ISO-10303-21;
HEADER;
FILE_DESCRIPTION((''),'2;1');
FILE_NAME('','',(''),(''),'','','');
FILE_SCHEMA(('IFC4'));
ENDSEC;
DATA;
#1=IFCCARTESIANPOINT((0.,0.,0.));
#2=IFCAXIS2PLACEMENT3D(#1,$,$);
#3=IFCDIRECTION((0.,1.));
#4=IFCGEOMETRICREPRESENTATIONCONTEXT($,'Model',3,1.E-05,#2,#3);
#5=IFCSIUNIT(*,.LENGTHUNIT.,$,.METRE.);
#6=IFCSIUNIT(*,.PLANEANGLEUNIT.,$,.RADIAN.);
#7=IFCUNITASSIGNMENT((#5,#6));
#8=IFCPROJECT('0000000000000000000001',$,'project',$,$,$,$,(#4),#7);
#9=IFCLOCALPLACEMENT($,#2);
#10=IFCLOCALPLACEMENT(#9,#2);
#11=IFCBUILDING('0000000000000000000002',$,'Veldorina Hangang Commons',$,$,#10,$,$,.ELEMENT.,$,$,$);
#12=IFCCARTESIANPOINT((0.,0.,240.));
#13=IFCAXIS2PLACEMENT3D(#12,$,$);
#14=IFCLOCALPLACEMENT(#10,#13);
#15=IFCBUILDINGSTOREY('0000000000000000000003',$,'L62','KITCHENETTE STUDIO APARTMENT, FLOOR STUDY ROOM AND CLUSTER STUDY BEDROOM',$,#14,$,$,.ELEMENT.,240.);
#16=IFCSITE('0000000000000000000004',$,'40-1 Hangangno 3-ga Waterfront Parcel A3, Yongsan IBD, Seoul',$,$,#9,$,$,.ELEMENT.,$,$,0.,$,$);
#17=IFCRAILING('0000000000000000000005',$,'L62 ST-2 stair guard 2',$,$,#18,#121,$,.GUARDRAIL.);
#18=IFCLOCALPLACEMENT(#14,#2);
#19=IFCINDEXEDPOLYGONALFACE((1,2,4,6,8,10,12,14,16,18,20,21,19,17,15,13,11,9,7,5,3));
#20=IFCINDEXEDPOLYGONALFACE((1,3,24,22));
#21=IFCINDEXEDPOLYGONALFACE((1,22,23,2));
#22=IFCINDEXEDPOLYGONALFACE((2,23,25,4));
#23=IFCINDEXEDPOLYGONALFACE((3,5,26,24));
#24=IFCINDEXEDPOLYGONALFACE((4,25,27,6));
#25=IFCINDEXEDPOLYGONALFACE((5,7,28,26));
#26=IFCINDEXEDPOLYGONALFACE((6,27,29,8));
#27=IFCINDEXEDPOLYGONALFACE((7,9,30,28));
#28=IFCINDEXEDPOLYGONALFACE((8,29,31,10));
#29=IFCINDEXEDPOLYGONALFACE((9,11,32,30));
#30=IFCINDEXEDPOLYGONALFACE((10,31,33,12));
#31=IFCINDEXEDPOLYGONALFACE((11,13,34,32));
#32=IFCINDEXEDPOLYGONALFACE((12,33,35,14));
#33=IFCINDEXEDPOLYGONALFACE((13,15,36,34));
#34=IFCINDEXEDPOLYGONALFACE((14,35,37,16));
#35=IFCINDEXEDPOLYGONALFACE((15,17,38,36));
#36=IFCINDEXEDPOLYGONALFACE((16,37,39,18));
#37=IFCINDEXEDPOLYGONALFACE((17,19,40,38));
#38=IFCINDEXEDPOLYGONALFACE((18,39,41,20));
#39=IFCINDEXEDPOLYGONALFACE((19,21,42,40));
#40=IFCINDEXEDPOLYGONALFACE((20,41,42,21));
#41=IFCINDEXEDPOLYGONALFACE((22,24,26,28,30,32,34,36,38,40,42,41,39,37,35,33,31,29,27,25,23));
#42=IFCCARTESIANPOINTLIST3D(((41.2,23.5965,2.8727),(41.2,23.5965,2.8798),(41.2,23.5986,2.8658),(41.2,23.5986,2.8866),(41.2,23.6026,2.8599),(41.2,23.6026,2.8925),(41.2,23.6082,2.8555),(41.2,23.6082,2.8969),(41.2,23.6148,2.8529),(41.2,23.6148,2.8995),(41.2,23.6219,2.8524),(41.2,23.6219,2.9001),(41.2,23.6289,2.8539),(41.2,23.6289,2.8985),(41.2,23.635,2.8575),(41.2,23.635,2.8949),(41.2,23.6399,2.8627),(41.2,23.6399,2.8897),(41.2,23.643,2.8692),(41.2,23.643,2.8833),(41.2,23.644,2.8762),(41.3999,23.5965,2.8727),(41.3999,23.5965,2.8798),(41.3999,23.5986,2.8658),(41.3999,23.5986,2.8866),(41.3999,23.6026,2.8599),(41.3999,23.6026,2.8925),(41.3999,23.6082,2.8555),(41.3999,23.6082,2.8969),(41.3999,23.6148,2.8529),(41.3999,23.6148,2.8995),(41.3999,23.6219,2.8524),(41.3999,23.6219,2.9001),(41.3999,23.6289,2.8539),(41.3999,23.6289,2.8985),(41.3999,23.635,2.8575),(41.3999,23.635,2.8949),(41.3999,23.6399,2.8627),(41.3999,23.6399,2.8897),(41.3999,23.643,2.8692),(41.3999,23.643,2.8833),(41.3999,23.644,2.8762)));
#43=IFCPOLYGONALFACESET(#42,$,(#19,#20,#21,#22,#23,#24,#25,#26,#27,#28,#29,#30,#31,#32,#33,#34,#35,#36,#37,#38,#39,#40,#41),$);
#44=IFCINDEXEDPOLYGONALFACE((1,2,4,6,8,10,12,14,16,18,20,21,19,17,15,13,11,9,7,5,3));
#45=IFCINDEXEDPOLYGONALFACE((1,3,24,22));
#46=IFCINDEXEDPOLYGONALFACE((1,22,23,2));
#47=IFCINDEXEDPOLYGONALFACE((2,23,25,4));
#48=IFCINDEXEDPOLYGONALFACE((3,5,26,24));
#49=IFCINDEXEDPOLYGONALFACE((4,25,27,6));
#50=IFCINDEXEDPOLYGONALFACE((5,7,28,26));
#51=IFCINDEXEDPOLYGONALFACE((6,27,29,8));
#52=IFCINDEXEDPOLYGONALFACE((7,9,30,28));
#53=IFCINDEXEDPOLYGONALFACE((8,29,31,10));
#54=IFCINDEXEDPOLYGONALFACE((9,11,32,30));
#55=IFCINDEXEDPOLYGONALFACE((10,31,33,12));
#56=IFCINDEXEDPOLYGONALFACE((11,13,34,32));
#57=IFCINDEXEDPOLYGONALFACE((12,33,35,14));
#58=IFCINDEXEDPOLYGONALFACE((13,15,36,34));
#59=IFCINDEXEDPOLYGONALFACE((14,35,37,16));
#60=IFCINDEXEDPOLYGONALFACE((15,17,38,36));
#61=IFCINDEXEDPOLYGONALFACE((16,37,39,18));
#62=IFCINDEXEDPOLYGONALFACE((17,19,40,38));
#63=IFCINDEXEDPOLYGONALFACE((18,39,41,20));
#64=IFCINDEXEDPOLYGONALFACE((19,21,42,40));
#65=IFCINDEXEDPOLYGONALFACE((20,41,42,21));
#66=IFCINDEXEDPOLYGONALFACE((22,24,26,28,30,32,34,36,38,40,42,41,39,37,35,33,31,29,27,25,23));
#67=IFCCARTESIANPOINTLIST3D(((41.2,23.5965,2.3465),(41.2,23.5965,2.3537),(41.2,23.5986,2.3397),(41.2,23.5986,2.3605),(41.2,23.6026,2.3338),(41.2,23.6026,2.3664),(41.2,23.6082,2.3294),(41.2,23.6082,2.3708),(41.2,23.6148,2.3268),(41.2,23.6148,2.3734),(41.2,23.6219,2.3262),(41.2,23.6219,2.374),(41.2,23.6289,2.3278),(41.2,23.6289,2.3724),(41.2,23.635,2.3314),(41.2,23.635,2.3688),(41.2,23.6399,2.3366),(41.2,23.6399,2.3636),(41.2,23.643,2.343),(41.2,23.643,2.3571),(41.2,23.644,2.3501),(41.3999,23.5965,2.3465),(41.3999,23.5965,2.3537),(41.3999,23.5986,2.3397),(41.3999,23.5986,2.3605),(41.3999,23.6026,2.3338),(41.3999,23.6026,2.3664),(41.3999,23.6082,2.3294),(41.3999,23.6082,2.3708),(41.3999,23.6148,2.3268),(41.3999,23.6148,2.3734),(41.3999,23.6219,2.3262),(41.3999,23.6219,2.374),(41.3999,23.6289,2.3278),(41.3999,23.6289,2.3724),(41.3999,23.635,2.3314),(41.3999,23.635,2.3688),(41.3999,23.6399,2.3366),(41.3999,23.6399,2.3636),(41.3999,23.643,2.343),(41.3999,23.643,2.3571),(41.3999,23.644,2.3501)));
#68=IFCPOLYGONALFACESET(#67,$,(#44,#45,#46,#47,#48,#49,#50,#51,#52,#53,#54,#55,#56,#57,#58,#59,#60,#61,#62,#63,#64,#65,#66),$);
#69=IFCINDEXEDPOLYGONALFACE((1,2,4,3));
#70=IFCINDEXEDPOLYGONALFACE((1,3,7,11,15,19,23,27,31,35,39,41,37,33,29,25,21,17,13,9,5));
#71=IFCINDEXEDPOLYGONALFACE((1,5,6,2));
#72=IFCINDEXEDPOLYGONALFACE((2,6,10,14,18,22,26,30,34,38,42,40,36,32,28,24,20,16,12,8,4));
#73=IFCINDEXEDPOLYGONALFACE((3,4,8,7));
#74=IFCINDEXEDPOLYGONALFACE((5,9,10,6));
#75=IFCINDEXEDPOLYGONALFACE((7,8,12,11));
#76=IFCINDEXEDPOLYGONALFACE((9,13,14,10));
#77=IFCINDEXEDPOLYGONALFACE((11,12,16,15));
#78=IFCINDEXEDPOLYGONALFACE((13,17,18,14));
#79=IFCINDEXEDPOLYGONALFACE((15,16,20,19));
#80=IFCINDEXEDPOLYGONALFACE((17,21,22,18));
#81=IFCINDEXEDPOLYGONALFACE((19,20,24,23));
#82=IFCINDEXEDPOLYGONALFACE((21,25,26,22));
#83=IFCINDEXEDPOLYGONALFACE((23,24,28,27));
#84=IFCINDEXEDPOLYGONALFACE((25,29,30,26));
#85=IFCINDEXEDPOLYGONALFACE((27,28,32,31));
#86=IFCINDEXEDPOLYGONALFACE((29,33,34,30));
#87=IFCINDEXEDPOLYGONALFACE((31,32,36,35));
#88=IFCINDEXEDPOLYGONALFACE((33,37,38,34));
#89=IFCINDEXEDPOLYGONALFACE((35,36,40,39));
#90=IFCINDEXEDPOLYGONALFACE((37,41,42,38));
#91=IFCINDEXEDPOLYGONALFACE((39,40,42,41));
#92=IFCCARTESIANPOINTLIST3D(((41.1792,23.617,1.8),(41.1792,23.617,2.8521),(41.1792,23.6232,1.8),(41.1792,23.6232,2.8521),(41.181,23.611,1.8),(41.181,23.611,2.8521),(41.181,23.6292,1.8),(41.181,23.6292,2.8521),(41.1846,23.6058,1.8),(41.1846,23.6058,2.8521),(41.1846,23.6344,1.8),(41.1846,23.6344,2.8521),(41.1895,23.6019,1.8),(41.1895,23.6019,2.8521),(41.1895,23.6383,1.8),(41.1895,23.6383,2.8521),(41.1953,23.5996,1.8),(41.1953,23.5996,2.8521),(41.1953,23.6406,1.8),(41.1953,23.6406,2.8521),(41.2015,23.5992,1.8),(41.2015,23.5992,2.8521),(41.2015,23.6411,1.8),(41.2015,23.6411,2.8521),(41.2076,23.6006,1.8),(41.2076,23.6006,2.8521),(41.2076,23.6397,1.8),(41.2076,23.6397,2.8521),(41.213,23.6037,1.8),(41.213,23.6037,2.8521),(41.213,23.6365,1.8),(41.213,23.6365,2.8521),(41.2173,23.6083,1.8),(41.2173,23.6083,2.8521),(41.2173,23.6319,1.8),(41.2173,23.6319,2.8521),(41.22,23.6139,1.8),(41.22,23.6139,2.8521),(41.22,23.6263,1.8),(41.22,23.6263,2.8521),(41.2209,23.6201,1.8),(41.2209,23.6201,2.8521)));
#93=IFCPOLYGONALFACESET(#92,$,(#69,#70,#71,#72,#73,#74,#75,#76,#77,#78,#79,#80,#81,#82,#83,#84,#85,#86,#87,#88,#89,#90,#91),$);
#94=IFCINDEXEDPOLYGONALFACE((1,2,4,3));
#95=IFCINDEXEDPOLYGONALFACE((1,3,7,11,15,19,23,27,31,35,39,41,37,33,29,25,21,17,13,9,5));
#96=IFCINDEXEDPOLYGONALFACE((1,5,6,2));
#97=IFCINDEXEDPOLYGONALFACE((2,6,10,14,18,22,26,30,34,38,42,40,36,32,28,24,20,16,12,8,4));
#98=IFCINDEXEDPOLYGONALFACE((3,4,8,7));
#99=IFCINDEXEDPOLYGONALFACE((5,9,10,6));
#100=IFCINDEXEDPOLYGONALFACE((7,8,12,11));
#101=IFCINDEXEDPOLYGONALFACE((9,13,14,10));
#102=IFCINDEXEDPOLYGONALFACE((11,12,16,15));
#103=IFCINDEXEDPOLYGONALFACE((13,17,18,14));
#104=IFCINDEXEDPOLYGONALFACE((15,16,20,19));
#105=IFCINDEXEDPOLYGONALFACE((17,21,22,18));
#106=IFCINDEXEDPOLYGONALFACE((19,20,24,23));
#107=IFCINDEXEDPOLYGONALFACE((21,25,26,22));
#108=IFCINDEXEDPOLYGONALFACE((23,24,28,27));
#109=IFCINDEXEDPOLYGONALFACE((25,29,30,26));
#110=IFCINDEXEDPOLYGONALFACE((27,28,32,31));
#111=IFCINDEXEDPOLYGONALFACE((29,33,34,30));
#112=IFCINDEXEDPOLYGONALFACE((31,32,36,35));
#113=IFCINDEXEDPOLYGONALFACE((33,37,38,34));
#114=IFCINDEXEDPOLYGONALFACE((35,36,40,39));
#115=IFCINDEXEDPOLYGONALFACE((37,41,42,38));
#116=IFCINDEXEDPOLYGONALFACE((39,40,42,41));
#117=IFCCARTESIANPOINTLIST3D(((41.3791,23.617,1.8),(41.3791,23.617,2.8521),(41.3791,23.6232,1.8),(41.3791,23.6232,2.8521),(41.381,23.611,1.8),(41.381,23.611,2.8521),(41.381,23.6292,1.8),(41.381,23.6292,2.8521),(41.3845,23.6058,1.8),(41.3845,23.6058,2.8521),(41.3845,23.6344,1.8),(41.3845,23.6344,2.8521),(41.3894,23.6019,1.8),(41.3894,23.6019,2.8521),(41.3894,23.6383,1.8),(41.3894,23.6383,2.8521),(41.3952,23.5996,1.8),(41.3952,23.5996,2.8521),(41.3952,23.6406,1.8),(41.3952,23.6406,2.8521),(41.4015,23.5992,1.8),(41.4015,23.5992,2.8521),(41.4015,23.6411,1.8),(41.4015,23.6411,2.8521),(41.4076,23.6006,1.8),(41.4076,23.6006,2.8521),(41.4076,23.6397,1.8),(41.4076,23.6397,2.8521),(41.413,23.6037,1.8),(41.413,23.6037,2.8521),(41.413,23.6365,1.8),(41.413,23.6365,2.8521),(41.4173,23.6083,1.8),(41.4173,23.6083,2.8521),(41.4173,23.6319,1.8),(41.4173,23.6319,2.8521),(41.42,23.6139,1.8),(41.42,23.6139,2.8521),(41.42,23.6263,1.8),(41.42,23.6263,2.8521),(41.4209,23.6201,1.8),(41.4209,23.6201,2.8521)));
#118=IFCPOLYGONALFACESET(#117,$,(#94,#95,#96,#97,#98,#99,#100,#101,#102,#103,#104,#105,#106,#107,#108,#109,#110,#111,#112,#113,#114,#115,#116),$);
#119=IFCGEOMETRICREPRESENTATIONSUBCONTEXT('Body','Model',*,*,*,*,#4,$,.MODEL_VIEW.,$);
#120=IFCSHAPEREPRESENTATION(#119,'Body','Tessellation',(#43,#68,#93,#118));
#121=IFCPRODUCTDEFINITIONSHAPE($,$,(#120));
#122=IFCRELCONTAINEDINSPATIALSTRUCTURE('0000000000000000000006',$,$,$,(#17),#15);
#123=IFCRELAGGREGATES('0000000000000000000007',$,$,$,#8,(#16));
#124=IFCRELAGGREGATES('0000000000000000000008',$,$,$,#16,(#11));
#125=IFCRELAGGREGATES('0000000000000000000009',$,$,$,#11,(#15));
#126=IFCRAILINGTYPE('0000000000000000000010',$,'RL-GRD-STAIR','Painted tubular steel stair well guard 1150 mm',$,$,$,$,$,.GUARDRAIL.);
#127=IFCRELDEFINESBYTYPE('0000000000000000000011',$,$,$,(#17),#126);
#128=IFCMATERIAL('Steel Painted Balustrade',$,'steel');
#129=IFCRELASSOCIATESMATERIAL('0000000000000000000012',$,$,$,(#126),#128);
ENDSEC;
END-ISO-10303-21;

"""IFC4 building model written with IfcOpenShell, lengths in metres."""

from ifc_helpers import new_model, si_unit, direction, frame, origin, origin_2d, place, context, subcontext, project, spatial, circle, extrude, material, type_object, element, save


model = new_model("IFC4")

# Units and contexts
model_context = context("Model", 3, precision=1e-05, world=origin(), true_north=direction((0.0, 1.0)))
body_context = subcontext(model_context, "Body", "Model", "MODEL_VIEW")
ifc_project = project(units=[si_unit("LENGTHUNIT", "METRE"), si_unit("PLANEANGLEUNIT", "RADIAN")], contexts=[model_context])

# Site, building, storey
site_placement = place(None, origin())
site = spatial("IfcSite", under=ifc_project, at=site_placement, Name="40-1 Hangangno 3-ga Waterfront Parcel A3, Yongsan IBD, Seoul", CompositionType="ELEMENT", RefElevation=0.0)
building_placement = place(site_placement, origin())
building = spatial("IfcBuilding", under=site, at=building_placement, Name="Veldorina Hangang Commons", CompositionType="ELEMENT")
storey_placement = place(building_placement, frame((0.0, 0.0, 240.0)))
storey = spatial("IfcBuildingStorey", under=building, at=storey_placement, Name="L62", Description="KITCHENETTE STUDIO APARTMENT, FLOOR STUDY ROOM AND CLUSTER STUDY BEDROOM", CompositionType="ELEMENT", Elevation=240.0)

# Railing
ifc_material_1 = material(Name="Steel Painted Balustrade", Category="steel")
railing_type_1 = type_object("IfcRailingType", Name="RL-GRD-STAIR", Description="Painted tubular steel stair well guard 1150 mm", PredefinedType="GUARDRAIL", material=ifc_material_1)
railing_1_placement = place(storey_placement, frame((41.2, 23.6201, 1.8)))
element("IfcRailing", 1, at=railing_1_placement, inside=storey, type_object=railing_type_1, Name="L62 ST-2 stair guard 2", PredefinedType="GUARDRAIL", context=body_context, shape_type="SweptSolid", body=[
    extrude(circle(Radius=0.0239, at=origin_2d()), frame((0.0, 0.0, 1.0762), z_axis=(1.0, 0.0, 0.0), x_axis=(0.0, 1.0, 0.0)), (0.0, 0.0, 1.0), 0.2),
    extrude(circle(Radius=0.0239, at=origin_2d()), frame((0.0, 0.0, 0.55), z_axis=(1.0, 0.0, 0.0), x_axis=(0.0, 1.0, 0.0)), (0.0, 0.0, 1.0), 0.2),
    extrude(circle(Radius=0.021, at=origin_2d()), origin(), (0.0, 0.0, 1.0), 1.052),
    extrude(circle(Radius=0.021, at=origin_2d()), frame((0.2, 0.0, 0.0)), (0.0, 0.0, 1.0), 1.052),
])

save(model, "model.ifc")
